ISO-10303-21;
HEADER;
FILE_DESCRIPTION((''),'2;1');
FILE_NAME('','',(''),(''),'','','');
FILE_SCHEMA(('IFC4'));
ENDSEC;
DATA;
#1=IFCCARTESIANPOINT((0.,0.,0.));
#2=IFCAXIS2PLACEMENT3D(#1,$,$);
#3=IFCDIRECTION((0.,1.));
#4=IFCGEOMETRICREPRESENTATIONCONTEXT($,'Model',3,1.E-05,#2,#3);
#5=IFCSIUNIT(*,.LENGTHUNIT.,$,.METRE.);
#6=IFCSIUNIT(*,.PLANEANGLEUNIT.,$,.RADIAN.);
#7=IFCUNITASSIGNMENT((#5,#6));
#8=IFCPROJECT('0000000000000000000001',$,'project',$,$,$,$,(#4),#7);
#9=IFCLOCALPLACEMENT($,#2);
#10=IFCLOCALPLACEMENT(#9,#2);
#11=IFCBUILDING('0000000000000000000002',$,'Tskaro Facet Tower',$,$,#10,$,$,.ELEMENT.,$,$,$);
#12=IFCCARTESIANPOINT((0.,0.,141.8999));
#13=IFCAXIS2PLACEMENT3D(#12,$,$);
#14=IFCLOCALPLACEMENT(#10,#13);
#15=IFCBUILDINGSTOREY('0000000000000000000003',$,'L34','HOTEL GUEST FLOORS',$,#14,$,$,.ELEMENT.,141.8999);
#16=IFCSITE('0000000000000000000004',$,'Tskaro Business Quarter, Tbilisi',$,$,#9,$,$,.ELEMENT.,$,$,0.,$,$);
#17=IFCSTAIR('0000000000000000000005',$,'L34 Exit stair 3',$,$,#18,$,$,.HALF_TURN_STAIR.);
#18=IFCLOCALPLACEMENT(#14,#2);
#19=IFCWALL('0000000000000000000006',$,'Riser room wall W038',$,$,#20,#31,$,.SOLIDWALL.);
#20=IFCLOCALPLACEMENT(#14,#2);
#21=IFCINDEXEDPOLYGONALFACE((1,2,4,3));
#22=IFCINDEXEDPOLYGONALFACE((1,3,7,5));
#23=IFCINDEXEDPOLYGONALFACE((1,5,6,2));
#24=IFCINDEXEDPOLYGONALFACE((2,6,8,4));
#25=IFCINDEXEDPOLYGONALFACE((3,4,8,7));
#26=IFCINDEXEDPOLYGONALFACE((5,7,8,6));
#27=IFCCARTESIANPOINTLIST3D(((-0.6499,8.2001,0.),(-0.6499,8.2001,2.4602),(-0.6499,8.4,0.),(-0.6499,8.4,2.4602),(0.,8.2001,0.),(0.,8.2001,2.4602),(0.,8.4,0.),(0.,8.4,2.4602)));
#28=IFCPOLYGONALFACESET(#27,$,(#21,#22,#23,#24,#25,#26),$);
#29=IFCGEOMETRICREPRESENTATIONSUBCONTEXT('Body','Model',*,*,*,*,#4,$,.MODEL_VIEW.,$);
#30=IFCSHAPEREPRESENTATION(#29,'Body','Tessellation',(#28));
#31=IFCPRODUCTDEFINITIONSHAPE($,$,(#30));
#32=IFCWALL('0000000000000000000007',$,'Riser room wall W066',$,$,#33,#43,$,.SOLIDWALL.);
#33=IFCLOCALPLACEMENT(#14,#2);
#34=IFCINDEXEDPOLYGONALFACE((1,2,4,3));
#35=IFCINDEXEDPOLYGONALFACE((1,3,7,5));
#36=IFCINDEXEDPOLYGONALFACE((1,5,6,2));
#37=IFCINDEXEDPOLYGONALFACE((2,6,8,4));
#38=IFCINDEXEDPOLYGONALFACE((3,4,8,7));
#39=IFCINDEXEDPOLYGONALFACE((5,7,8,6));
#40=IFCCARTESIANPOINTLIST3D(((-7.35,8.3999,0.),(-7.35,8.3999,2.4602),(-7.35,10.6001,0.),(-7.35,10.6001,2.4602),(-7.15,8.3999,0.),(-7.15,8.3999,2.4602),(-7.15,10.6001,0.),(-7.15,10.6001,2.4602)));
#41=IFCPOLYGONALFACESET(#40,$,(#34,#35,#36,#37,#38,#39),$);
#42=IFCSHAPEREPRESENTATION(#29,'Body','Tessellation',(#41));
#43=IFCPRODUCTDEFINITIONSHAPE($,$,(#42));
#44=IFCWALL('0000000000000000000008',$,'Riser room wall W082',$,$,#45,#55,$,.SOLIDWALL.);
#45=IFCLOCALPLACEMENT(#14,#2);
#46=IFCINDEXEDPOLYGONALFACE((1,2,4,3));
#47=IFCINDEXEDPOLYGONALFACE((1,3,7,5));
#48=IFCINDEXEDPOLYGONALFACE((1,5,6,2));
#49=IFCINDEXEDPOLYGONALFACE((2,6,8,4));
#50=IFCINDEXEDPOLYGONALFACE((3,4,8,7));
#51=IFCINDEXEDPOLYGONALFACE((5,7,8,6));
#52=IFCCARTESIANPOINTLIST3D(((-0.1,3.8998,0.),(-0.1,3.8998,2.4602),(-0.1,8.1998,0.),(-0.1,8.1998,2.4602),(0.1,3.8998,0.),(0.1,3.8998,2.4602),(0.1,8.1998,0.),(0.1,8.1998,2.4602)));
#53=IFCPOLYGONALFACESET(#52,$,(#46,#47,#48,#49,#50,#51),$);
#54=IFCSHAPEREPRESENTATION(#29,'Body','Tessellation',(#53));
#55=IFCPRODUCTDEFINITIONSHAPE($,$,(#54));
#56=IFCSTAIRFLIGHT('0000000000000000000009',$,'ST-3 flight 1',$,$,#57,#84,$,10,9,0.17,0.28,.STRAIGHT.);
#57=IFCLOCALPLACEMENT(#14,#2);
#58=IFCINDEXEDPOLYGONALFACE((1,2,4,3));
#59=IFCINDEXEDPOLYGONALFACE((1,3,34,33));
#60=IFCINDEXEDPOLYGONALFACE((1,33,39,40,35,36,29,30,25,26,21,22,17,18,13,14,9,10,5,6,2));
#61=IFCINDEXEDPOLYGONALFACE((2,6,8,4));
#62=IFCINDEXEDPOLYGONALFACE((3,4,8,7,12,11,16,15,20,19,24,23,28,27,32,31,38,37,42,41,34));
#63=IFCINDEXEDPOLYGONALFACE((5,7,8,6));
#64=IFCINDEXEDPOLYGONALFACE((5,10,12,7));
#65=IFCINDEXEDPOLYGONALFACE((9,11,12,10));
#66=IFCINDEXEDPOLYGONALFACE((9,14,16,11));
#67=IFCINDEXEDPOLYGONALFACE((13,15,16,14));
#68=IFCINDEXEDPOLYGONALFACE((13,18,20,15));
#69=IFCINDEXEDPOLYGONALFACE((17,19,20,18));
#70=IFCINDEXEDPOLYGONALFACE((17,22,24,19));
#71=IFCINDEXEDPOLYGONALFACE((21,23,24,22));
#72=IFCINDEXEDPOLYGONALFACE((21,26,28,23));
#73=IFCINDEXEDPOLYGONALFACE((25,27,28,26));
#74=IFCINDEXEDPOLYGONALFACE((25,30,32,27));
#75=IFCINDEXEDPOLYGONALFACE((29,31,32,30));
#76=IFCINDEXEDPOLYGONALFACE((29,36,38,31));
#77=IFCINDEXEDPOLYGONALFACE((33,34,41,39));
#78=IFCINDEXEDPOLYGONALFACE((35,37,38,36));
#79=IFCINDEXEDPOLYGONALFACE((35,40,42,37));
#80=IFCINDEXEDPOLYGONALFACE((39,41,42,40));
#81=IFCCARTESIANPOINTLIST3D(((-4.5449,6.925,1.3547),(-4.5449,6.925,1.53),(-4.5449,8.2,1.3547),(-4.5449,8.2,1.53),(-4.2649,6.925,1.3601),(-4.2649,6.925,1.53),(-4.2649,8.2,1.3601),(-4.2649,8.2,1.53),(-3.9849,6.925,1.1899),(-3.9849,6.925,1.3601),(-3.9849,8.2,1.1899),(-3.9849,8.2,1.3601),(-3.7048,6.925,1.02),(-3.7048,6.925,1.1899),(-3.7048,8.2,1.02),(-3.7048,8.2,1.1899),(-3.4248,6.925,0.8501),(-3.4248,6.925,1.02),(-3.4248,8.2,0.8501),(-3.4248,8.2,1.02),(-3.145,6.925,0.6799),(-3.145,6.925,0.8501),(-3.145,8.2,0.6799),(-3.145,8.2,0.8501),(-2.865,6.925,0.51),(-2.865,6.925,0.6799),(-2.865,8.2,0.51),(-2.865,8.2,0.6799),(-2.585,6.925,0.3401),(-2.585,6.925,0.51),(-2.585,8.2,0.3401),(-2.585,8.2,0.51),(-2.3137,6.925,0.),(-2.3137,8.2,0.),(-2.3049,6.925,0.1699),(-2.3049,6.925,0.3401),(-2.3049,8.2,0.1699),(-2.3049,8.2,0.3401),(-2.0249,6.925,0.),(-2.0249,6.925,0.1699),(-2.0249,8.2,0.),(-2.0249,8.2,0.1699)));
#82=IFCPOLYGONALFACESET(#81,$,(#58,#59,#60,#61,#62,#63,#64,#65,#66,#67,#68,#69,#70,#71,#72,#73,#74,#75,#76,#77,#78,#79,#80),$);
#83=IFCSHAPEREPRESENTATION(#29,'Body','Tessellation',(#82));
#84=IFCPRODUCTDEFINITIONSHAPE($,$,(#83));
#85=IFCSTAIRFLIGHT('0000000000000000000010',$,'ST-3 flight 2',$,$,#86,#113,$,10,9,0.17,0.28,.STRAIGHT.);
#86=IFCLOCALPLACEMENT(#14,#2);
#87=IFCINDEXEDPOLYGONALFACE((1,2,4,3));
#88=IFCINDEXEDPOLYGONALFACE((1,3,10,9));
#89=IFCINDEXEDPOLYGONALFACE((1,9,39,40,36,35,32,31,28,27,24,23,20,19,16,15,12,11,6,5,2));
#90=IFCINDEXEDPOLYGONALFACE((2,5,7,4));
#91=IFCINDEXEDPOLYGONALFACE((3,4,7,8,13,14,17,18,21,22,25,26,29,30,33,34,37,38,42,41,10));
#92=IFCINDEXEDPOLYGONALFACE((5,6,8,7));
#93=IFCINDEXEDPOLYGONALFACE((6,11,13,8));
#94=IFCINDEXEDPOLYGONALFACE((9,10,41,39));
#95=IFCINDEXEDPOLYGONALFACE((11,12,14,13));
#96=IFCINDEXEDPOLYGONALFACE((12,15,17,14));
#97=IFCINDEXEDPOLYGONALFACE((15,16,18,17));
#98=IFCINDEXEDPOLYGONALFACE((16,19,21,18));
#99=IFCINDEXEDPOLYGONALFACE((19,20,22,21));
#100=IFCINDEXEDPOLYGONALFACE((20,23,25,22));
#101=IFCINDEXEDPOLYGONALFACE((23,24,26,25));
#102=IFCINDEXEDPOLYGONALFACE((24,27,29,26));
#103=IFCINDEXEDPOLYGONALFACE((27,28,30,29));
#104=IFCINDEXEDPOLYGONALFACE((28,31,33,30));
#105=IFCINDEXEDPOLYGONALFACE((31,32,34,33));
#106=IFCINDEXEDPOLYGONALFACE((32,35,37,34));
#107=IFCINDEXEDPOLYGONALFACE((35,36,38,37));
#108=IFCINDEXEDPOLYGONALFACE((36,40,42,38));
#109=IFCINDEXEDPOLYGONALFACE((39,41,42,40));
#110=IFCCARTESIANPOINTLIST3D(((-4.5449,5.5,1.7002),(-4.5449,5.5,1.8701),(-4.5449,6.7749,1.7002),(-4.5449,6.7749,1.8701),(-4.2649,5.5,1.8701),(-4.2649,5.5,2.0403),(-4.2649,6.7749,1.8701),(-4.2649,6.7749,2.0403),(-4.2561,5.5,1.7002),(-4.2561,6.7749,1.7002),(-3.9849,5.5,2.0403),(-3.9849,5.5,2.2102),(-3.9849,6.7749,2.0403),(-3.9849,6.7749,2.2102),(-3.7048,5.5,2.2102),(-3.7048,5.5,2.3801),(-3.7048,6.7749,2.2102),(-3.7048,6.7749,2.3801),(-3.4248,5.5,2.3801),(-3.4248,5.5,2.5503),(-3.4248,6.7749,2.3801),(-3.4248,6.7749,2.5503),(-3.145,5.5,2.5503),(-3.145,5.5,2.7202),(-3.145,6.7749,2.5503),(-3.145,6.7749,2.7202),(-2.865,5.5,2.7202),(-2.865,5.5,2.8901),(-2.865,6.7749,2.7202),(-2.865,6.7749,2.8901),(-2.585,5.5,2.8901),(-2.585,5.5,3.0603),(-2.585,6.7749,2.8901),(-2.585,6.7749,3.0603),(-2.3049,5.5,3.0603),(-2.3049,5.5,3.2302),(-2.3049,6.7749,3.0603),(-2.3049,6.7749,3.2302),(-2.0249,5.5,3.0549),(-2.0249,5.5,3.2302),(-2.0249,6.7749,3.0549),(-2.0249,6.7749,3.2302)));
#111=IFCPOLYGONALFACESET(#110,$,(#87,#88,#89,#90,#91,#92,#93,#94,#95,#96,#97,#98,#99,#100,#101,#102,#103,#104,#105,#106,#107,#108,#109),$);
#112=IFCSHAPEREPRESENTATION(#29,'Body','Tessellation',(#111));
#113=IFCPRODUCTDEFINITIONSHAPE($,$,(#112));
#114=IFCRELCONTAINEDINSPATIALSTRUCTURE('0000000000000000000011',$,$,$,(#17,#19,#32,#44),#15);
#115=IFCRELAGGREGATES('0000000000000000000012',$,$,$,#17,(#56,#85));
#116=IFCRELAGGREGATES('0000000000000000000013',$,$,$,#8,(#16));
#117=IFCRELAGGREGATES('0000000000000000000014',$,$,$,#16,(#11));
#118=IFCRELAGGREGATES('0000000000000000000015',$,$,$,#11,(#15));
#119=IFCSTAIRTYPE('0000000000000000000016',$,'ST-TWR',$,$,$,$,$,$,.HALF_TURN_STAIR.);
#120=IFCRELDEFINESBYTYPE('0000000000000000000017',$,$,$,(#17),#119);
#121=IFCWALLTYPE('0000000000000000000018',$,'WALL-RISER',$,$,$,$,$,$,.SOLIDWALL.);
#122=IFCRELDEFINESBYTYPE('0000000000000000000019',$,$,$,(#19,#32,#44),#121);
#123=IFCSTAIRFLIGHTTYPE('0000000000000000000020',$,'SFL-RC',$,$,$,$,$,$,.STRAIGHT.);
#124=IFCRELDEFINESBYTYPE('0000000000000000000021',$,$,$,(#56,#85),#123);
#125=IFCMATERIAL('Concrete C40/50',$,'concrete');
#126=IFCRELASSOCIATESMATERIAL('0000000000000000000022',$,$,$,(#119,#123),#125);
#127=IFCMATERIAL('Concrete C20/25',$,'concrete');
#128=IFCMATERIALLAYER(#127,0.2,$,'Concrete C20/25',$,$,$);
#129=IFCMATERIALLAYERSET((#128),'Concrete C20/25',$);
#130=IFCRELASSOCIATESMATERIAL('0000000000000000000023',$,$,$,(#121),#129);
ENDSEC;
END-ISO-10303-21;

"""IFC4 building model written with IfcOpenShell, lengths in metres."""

from ifc_helpers import new_model, si_unit, direction, frame, frame_2d, origin, place, context, subcontext, project, spatial, polyline, rectangle, outline, extrude, material, layer, layer_set, type_object, element, aggregate, save


model = new_model("IFC4")

# Units and contexts
model_context = context("Model", 3, precision=1e-05, world=origin(), true_north=direction((0.0, 1.0)))
body_context = subcontext(model_context, "Body", "Model", "MODEL_VIEW")
ifc_project = project(units=[si_unit("LENGTHUNIT", "METRE"), si_unit("PLANEANGLEUNIT", "RADIAN")], contexts=[model_context])

# Site, building, storey
site_placement = place(None, origin())
site = spatial("IfcSite", under=ifc_project, at=site_placement, Name="Tskaro Business Quarter, Tbilisi", CompositionType="ELEMENT", RefElevation=0.0)
building_placement = place(site_placement, origin())
building = spatial("IfcBuilding", under=site, at=building_placement, Name="Tskaro Facet Tower", CompositionType="ELEMENT")
storey_placement = place(building_placement, frame((0.0, 0.0, 141.8999)))
storey = spatial("IfcBuildingStorey", under=building, at=storey_placement, Name="L34", Description="HOTEL GUEST FLOORS", CompositionType="ELEMENT", Elevation=141.8999)

# Stair
ifc_material_1 = material(Name="Concrete C40/50", Category="concrete")
stair_type = type_object("IfcStairType", Name="ST-TWR", PredefinedType="HALF_TURN_STAIR", material=ifc_material_1)
stair_1_placement = place(storey_placement, origin())
stair_1 = element("IfcStair", 1, at=stair_1_placement, inside=storey, type_object=stair_type, Name="L34 Exit stair 3", PredefinedType="HALF_TURN_STAIR")

# Walls
ifc_material_2 = material(Name="Concrete C20/25", Category="concrete")
ifc_layer_1 = layer(ifc_material_2, 0.2, Name="Concrete C20/25")
ifc_layer_set_1 = layer_set([ifc_layer_1], Name="Concrete C20/25")
wall_type_1 = type_object("IfcWallType", Name="WALL-RISER", PredefinedType="SOLIDWALL", material=ifc_layer_set_1)
wall_1_placement = place(storey_placement, frame((-0.6499, 8.3, 0.0), z_axis=(0.0, 0.0, 1.0), x_axis=(1.0, 0.0, 0.0)))
element("IfcWall", 2, at=wall_1_placement, inside=storey, type_object=wall_type_1, Name="Riser room wall W038", PredefinedType="SOLIDWALL", context=body_context, shape_type="SweptSolid", body=[
    extrude(rectangle(XDim=0.6499, YDim=0.2, at=frame_2d((0.325, 0.0))), origin(), (0.0, 0.0, 1.0), 2.4602),
])
wall_2_placement = place(storey_placement, frame((-7.25, 8.3999, 0.0), z_axis=(0.0, 0.0, 1.0), x_axis=(0.0, 1.0, 0.0)))
element("IfcWall", 3, at=wall_2_placement, inside=storey, type_object=wall_type_1, Name="Riser room wall W066", PredefinedType="SOLIDWALL", context=body_context, shape_type="SweptSolid", body=[
    extrude(rectangle(XDim=2.2002, YDim=0.2, at=frame_2d((1.1001, 0.0))), origin(), (0.0, 0.0, 1.0), 2.4602),
])
wall_3_placement = place(storey_placement, frame((0.0, 3.8999, 0.0), z_axis=(0.0, 0.0, 1.0), x_axis=(0.0, 1.0, 0.0)))
element("IfcWall", 4, at=wall_3_placement, inside=storey, type_object=wall_type_1, Name="Riser room wall W082", PredefinedType="SOLIDWALL", context=body_context, shape_type="SweptSolid", body=[
    extrude(rectangle(XDim=4.3, YDim=0.2, at=frame_2d((2.1499, 0.0))), origin(), (0.0, 0.0, 1.0), 2.4602),
])

# Stair flights
stair_flight_type = type_object("IfcStairFlightType", Name="SFL-RC", PredefinedType="STRAIGHT", material=ifc_material_1)
stair_flight_1_placement = place(storey_placement, frame((-2.0249, 7.5625, 0.0), z_axis=(0.0, 0.0, 1.0), x_axis=(-1.0, 0.0, 0.0)))
stair_flight_1 = element("IfcStairFlight", 5, at=stair_flight_1_placement, type_object=stair_flight_type, Name="ST-3 flight 1", NumberOfRisers=10, NumberOfTreads=9, PredefinedType="STRAIGHT", RiserHeight=0.17, TreadLength=0.28, context=body_context, shape_type="SweptSolid", body=[
    extrude(outline(polyline([(0.0, 0.0), (0.0, 0.1699), (0.28, 0.1699), (0.28, 0.3401), (0.5601, 0.3401), (0.5601, 0.51), (0.8401, 0.51), (0.8401, 0.6799), (1.1201, 0.6799), (1.1201, 0.8501), (1.3999, 0.8501), (1.3999, 1.02), (1.6799, 1.02), (1.6799, 1.1899), (1.96, 1.1899), (1.96, 1.3601), (2.24, 1.3601), (2.24, 1.53), (2.52, 1.53), (2.52, 1.7), (2.52, 1.3547), (0.2888, 0.0), (0.0, 0.0)])), frame((0.0, 0.6375, 0.0), z_axis=(0.0, -1.0, 0.0), x_axis=(1.0, 0.0, 0.0)), (0.0, 0.0, 1.0), 1.2749),
])
stair_flight_2_placement = place(storey_placement, frame((-4.5449, 6.1375, 1.7002), z_axis=(0.0, 0.0, 1.0), x_axis=(1.0, 0.0, 0.0)))
stair_flight_2 = element("IfcStairFlight", 6, at=stair_flight_2_placement, type_object=stair_flight_type, Name="ST-3 flight 2", NumberOfRisers=10, NumberOfTreads=9, PredefinedType="STRAIGHT", RiserHeight=0.17, TreadLength=0.28, context=body_context, shape_type="SweptSolid", body=[
    extrude(outline(polyline([(0.0, 0.0), (0.0, 0.1699), (0.28, 0.1699), (0.28, 0.3401), (0.5601, 0.3401), (0.5601, 0.51), (0.8401, 0.51), (0.8401, 0.6799), (1.1201, 0.6799), (1.1201, 0.8501), (1.3999, 0.8501), (1.3999, 1.02), (1.6799, 1.02), (1.6799, 1.1899), (1.96, 1.1899), (1.96, 1.3601), (2.24, 1.3601), (2.24, 1.53), (2.52, 1.53), (2.52, 1.7), (2.52, 1.3547), (0.2888, 0.0), (0.0, 0.0)])), frame((0.0, 0.6375, 0.0), z_axis=(0.0, -1.0, 0.0), x_axis=(1.0, 0.0, 0.0)), (0.0, 0.0, 1.0), 1.2749),
])
aggregate(stair_1, [stair_flight_1, stair_flight_2])

save(model, "model.ifc")
